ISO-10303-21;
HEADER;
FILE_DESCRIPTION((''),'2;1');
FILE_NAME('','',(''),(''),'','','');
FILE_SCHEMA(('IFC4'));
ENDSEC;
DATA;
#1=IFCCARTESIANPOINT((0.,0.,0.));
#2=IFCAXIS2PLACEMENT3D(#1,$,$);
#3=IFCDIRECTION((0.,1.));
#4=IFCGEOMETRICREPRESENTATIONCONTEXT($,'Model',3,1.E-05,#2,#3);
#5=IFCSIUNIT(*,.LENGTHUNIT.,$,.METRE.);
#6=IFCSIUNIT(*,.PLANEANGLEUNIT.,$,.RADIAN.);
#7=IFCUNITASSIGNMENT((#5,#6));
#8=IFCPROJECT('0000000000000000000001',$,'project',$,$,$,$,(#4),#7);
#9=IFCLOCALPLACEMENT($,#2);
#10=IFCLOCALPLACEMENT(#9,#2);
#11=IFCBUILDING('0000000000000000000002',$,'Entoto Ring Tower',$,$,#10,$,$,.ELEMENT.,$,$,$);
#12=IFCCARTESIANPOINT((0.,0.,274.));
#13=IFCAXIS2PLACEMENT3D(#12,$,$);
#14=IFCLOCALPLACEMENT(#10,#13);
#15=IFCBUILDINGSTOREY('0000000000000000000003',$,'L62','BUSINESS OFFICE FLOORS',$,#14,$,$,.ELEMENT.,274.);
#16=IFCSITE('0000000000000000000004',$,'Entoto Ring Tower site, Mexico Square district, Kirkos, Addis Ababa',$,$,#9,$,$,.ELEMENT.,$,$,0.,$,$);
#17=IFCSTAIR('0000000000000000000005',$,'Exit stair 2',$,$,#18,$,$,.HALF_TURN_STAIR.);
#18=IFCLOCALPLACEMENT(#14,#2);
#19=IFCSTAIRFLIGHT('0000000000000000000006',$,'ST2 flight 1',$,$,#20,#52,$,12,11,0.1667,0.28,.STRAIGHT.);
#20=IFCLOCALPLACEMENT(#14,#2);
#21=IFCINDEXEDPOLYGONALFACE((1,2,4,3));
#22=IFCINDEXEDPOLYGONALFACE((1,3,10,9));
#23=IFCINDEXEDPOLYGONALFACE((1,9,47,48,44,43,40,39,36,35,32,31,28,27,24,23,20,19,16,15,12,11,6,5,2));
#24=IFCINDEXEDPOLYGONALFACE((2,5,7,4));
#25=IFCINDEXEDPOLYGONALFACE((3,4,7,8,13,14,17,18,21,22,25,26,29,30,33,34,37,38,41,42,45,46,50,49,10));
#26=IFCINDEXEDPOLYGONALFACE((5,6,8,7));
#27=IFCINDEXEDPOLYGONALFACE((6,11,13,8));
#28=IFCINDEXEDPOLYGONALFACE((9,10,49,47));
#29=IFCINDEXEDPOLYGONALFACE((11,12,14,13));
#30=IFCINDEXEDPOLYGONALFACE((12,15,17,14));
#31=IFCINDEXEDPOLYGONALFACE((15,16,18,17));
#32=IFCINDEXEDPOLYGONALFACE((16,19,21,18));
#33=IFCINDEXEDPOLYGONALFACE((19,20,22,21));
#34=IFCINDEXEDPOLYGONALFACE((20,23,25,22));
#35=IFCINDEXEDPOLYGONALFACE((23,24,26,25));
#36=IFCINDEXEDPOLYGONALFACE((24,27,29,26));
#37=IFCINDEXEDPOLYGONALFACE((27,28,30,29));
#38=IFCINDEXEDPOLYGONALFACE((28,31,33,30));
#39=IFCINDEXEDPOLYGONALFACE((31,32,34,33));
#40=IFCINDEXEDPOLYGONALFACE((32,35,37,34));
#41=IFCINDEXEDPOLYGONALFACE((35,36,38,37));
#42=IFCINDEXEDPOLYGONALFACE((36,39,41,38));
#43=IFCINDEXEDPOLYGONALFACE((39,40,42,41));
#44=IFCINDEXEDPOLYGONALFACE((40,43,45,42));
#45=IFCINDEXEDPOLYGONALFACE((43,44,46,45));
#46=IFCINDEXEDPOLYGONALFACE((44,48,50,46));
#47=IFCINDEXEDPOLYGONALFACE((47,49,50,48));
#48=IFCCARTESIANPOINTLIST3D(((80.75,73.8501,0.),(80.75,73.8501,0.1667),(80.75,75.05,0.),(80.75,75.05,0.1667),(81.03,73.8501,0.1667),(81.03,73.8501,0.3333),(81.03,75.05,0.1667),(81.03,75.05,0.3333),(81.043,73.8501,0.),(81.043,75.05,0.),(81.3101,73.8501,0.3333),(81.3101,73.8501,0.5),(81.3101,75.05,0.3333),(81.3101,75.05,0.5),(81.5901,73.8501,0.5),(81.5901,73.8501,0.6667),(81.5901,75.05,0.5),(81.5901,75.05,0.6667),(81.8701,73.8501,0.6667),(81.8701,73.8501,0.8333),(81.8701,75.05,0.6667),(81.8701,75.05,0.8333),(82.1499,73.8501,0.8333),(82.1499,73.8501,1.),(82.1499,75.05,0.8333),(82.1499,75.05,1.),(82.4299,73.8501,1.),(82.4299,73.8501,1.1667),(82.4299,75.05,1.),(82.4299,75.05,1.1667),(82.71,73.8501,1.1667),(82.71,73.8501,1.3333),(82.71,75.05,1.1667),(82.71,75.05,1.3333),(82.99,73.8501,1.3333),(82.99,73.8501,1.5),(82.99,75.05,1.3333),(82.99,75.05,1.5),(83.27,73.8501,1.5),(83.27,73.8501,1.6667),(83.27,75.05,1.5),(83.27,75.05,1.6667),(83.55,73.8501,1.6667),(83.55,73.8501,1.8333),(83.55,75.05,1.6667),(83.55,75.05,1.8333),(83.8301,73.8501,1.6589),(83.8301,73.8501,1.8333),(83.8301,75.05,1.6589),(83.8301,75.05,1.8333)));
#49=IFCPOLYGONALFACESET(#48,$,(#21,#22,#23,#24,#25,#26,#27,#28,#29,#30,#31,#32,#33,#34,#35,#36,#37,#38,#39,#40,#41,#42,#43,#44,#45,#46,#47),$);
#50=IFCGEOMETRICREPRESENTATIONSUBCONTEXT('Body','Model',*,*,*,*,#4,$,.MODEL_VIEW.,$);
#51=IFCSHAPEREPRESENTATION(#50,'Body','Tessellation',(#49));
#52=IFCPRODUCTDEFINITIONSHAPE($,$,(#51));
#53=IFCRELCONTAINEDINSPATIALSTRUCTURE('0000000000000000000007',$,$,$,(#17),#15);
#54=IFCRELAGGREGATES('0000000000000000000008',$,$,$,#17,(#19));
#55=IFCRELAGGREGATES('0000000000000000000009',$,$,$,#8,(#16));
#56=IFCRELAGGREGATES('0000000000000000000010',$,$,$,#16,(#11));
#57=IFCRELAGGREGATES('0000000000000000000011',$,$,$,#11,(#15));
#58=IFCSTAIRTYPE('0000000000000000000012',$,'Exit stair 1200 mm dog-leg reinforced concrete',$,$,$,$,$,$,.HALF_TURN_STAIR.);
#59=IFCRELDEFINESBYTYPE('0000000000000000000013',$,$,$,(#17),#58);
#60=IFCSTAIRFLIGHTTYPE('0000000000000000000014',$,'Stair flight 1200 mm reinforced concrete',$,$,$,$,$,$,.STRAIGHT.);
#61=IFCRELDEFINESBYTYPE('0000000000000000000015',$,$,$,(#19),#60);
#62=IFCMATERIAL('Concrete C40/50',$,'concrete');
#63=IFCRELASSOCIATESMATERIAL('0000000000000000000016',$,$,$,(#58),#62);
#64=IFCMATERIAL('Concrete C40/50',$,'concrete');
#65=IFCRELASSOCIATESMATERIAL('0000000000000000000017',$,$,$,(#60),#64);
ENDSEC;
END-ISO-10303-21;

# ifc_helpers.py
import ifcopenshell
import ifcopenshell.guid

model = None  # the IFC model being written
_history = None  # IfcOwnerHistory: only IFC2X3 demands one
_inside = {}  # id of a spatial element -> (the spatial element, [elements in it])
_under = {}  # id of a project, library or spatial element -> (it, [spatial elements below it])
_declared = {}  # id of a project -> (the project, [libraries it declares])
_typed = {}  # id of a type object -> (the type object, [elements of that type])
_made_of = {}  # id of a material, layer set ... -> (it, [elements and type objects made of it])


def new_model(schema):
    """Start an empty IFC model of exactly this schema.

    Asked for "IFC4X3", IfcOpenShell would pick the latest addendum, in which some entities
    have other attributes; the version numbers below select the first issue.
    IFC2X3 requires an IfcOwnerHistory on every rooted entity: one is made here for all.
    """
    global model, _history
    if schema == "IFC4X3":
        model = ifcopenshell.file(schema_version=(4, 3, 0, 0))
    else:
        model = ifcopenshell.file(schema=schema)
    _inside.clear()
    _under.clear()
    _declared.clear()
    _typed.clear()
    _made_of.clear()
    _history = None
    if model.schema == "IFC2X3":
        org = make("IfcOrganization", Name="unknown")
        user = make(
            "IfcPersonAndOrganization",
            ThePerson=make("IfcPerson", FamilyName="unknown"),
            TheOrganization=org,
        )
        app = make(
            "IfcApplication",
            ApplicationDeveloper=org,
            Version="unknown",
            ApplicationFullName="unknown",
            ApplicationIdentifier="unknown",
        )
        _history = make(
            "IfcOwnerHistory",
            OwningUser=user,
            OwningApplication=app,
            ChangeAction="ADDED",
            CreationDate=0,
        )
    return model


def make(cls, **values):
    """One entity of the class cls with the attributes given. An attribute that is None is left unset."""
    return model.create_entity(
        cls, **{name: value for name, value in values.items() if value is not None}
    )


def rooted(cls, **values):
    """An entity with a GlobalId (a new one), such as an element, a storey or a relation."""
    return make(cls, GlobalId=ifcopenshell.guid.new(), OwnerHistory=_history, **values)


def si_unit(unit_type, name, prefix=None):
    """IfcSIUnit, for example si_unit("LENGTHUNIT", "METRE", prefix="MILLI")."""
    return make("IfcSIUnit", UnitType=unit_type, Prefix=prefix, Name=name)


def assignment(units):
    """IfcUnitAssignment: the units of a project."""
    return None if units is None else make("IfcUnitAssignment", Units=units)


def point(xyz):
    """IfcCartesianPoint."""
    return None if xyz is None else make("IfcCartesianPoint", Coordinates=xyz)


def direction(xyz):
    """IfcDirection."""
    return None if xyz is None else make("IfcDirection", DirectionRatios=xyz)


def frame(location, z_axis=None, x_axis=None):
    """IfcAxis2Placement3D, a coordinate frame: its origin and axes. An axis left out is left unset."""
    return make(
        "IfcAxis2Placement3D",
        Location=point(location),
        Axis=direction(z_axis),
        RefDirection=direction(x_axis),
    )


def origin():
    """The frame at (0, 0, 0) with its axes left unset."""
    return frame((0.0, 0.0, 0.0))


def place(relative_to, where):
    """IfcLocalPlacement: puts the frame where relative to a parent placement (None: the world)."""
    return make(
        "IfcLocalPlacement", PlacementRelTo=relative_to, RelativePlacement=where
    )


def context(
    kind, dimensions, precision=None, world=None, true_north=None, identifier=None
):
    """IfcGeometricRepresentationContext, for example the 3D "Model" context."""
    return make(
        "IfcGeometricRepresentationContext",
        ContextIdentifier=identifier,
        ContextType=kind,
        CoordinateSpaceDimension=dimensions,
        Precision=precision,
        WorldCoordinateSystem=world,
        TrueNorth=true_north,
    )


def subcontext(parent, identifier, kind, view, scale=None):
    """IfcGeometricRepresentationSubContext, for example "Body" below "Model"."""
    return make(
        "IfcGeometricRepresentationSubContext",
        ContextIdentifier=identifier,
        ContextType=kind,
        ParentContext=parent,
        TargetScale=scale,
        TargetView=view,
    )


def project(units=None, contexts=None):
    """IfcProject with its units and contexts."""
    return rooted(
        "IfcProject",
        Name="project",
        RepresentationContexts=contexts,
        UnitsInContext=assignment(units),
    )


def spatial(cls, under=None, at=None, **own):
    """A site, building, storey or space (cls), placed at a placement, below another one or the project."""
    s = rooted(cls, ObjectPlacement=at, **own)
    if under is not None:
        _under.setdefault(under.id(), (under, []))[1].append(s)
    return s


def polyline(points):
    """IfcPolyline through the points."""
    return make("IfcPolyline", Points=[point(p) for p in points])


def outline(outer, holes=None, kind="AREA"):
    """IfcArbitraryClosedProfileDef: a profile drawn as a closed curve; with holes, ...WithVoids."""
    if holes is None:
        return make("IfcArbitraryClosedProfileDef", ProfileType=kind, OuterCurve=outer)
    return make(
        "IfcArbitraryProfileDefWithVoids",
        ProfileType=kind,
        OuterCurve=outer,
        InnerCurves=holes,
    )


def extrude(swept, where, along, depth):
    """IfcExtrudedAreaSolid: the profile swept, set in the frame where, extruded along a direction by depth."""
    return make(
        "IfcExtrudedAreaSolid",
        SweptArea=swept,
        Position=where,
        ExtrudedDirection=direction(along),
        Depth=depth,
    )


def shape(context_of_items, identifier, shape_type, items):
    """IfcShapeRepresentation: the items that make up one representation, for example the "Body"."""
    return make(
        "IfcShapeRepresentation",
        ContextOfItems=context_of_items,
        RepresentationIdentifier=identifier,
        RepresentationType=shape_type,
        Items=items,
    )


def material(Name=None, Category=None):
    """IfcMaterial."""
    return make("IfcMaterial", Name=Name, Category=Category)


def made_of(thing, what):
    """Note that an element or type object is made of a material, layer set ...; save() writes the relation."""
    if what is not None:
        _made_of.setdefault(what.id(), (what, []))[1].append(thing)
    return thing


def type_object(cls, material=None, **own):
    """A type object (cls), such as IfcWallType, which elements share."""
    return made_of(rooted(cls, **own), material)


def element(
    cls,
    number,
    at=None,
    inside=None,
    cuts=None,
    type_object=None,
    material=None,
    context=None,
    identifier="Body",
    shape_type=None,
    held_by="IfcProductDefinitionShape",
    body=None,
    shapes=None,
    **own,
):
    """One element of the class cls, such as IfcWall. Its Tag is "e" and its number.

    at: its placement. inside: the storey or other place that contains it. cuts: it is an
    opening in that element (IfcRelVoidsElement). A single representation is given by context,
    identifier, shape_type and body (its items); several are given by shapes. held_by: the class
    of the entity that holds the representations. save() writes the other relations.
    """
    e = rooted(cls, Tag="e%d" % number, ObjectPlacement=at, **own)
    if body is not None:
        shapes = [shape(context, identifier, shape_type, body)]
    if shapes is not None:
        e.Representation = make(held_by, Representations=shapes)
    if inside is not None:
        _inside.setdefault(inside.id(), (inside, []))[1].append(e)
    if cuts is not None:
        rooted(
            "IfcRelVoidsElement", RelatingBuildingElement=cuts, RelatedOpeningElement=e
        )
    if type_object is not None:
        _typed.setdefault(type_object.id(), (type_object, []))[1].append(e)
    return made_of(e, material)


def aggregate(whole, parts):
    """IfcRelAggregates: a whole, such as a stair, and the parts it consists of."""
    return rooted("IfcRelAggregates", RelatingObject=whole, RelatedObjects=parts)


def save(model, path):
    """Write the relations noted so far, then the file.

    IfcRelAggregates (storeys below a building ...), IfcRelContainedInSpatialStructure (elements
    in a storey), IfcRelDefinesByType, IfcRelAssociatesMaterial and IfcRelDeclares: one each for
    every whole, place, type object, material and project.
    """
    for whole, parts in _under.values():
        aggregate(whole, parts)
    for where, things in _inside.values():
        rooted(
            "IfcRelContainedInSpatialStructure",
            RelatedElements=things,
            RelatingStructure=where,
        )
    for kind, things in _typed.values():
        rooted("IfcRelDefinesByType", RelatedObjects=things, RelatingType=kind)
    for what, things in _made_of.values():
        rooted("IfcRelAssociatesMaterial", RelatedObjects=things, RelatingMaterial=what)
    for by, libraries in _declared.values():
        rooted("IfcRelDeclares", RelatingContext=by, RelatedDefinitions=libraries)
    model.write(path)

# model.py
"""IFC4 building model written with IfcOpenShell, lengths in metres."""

from ifc_helpers import new_model, si_unit, direction, frame, origin, place, context, subcontext, project, spatial, polyline, outline, extrude, material, type_object, element, aggregate, save


model = new_model("IFC4")

# Units and contexts
model_context = context("Model", 3, precision=1e-05, world=origin(), true_north=direction((0.0, 1.0)))
body_context = subcontext(model_context, "Body", "Model", "MODEL_VIEW")
ifc_project = project(units=[si_unit("LENGTHUNIT", "METRE"), si_unit("PLANEANGLEUNIT", "RADIAN")], contexts=[model_context])

# Site, building, storey
site_placement = place(None, origin())
site = spatial("IfcSite", under=ifc_project, at=site_placement, Name="Entoto Ring Tower site, Mexico Square district, Kirkos, Addis Ababa", CompositionType="ELEMENT", RefElevation=0.0)
building_placement = place(site_placement, origin())
building = spatial("IfcBuilding", under=site, at=building_placement, Name="Entoto Ring Tower", CompositionType="ELEMENT")
storey_placement = place(building_placement, frame((0.0, 0.0, 274.0)))
storey = spatial("IfcBuildingStorey", under=building, at=storey_placement, Name="L62", Description="BUSINESS OFFICE FLOORS", CompositionType="ELEMENT", Elevation=274.0)

# Stair, stair flight
ifc_material_1 = material(Name="Concrete C40/50", Category="concrete")
stair_type = type_object("IfcStairType", Name="Exit stair 1200 mm dog-leg reinforced concrete", PredefinedType="HALF_TURN_STAIR", material=ifc_material_1)
stair_placement = place(storey_placement, origin())
stair = element("IfcStair", 1, at=stair_placement, inside=storey, type_object=stair_type, Name="Exit stair 2", PredefinedType="HALF_TURN_STAIR")
ifc_material_2 = material(Name="Concrete C40/50", Category="concrete")
stair_flight_type = type_object("IfcStairFlightType", Name="Stair flight 1200 mm reinforced concrete", PredefinedType="STRAIGHT", material=ifc_material_2)
stair_flight_placement = place(storey_placement, frame((80.75, 74.45, 0.0), z_axis=(0.0, 0.0, 1.0), x_axis=(1.0, 0.0, 0.0)))
stair_flight = element("IfcStairFlight", 2, at=stair_flight_placement, type_object=stair_flight_type, Name="ST2 flight 1", NumberOfRisers=12, NumberOfTreads=11, PredefinedType="STRAIGHT", RiserHeight=0.1667, TreadLength=0.28, context=body_context, shape_type="SweptSolid", body=[
    extrude(outline(polyline([(0.0, 0.0), (0.0, 0.1667), (0.28, 0.1667), (0.28, 0.3333), (0.5601, 0.3333), (0.5601, 0.5), (0.8401, 0.5), (0.8401, 0.6667), (1.1201, 0.6667), (1.1201, 0.8333), (1.3999, 0.8333), (1.3999, 1.0), (1.6799, 1.0), (1.6799, 1.1667), (1.96, 1.1667), (1.96, 1.3333), (2.24, 1.3333), (2.24, 1.5), (2.52, 1.5), (2.52, 1.6667), (2.8, 1.6667), (2.8, 1.8333), (3.0801, 1.8333), (3.0801, 2.0), (3.0801, 1.6589), (0.293, 0.0), (0.0, 0.0)])), frame((0.0, 0.6001, 0.0), z_axis=(0.0, -1.0, 0.0), x_axis=(1.0, 0.0, 0.0)), (0.0, 0.0, 1.0), 1.2),
])
aggregate(stair, [stair_flight])

save(model, "model.ifc")
